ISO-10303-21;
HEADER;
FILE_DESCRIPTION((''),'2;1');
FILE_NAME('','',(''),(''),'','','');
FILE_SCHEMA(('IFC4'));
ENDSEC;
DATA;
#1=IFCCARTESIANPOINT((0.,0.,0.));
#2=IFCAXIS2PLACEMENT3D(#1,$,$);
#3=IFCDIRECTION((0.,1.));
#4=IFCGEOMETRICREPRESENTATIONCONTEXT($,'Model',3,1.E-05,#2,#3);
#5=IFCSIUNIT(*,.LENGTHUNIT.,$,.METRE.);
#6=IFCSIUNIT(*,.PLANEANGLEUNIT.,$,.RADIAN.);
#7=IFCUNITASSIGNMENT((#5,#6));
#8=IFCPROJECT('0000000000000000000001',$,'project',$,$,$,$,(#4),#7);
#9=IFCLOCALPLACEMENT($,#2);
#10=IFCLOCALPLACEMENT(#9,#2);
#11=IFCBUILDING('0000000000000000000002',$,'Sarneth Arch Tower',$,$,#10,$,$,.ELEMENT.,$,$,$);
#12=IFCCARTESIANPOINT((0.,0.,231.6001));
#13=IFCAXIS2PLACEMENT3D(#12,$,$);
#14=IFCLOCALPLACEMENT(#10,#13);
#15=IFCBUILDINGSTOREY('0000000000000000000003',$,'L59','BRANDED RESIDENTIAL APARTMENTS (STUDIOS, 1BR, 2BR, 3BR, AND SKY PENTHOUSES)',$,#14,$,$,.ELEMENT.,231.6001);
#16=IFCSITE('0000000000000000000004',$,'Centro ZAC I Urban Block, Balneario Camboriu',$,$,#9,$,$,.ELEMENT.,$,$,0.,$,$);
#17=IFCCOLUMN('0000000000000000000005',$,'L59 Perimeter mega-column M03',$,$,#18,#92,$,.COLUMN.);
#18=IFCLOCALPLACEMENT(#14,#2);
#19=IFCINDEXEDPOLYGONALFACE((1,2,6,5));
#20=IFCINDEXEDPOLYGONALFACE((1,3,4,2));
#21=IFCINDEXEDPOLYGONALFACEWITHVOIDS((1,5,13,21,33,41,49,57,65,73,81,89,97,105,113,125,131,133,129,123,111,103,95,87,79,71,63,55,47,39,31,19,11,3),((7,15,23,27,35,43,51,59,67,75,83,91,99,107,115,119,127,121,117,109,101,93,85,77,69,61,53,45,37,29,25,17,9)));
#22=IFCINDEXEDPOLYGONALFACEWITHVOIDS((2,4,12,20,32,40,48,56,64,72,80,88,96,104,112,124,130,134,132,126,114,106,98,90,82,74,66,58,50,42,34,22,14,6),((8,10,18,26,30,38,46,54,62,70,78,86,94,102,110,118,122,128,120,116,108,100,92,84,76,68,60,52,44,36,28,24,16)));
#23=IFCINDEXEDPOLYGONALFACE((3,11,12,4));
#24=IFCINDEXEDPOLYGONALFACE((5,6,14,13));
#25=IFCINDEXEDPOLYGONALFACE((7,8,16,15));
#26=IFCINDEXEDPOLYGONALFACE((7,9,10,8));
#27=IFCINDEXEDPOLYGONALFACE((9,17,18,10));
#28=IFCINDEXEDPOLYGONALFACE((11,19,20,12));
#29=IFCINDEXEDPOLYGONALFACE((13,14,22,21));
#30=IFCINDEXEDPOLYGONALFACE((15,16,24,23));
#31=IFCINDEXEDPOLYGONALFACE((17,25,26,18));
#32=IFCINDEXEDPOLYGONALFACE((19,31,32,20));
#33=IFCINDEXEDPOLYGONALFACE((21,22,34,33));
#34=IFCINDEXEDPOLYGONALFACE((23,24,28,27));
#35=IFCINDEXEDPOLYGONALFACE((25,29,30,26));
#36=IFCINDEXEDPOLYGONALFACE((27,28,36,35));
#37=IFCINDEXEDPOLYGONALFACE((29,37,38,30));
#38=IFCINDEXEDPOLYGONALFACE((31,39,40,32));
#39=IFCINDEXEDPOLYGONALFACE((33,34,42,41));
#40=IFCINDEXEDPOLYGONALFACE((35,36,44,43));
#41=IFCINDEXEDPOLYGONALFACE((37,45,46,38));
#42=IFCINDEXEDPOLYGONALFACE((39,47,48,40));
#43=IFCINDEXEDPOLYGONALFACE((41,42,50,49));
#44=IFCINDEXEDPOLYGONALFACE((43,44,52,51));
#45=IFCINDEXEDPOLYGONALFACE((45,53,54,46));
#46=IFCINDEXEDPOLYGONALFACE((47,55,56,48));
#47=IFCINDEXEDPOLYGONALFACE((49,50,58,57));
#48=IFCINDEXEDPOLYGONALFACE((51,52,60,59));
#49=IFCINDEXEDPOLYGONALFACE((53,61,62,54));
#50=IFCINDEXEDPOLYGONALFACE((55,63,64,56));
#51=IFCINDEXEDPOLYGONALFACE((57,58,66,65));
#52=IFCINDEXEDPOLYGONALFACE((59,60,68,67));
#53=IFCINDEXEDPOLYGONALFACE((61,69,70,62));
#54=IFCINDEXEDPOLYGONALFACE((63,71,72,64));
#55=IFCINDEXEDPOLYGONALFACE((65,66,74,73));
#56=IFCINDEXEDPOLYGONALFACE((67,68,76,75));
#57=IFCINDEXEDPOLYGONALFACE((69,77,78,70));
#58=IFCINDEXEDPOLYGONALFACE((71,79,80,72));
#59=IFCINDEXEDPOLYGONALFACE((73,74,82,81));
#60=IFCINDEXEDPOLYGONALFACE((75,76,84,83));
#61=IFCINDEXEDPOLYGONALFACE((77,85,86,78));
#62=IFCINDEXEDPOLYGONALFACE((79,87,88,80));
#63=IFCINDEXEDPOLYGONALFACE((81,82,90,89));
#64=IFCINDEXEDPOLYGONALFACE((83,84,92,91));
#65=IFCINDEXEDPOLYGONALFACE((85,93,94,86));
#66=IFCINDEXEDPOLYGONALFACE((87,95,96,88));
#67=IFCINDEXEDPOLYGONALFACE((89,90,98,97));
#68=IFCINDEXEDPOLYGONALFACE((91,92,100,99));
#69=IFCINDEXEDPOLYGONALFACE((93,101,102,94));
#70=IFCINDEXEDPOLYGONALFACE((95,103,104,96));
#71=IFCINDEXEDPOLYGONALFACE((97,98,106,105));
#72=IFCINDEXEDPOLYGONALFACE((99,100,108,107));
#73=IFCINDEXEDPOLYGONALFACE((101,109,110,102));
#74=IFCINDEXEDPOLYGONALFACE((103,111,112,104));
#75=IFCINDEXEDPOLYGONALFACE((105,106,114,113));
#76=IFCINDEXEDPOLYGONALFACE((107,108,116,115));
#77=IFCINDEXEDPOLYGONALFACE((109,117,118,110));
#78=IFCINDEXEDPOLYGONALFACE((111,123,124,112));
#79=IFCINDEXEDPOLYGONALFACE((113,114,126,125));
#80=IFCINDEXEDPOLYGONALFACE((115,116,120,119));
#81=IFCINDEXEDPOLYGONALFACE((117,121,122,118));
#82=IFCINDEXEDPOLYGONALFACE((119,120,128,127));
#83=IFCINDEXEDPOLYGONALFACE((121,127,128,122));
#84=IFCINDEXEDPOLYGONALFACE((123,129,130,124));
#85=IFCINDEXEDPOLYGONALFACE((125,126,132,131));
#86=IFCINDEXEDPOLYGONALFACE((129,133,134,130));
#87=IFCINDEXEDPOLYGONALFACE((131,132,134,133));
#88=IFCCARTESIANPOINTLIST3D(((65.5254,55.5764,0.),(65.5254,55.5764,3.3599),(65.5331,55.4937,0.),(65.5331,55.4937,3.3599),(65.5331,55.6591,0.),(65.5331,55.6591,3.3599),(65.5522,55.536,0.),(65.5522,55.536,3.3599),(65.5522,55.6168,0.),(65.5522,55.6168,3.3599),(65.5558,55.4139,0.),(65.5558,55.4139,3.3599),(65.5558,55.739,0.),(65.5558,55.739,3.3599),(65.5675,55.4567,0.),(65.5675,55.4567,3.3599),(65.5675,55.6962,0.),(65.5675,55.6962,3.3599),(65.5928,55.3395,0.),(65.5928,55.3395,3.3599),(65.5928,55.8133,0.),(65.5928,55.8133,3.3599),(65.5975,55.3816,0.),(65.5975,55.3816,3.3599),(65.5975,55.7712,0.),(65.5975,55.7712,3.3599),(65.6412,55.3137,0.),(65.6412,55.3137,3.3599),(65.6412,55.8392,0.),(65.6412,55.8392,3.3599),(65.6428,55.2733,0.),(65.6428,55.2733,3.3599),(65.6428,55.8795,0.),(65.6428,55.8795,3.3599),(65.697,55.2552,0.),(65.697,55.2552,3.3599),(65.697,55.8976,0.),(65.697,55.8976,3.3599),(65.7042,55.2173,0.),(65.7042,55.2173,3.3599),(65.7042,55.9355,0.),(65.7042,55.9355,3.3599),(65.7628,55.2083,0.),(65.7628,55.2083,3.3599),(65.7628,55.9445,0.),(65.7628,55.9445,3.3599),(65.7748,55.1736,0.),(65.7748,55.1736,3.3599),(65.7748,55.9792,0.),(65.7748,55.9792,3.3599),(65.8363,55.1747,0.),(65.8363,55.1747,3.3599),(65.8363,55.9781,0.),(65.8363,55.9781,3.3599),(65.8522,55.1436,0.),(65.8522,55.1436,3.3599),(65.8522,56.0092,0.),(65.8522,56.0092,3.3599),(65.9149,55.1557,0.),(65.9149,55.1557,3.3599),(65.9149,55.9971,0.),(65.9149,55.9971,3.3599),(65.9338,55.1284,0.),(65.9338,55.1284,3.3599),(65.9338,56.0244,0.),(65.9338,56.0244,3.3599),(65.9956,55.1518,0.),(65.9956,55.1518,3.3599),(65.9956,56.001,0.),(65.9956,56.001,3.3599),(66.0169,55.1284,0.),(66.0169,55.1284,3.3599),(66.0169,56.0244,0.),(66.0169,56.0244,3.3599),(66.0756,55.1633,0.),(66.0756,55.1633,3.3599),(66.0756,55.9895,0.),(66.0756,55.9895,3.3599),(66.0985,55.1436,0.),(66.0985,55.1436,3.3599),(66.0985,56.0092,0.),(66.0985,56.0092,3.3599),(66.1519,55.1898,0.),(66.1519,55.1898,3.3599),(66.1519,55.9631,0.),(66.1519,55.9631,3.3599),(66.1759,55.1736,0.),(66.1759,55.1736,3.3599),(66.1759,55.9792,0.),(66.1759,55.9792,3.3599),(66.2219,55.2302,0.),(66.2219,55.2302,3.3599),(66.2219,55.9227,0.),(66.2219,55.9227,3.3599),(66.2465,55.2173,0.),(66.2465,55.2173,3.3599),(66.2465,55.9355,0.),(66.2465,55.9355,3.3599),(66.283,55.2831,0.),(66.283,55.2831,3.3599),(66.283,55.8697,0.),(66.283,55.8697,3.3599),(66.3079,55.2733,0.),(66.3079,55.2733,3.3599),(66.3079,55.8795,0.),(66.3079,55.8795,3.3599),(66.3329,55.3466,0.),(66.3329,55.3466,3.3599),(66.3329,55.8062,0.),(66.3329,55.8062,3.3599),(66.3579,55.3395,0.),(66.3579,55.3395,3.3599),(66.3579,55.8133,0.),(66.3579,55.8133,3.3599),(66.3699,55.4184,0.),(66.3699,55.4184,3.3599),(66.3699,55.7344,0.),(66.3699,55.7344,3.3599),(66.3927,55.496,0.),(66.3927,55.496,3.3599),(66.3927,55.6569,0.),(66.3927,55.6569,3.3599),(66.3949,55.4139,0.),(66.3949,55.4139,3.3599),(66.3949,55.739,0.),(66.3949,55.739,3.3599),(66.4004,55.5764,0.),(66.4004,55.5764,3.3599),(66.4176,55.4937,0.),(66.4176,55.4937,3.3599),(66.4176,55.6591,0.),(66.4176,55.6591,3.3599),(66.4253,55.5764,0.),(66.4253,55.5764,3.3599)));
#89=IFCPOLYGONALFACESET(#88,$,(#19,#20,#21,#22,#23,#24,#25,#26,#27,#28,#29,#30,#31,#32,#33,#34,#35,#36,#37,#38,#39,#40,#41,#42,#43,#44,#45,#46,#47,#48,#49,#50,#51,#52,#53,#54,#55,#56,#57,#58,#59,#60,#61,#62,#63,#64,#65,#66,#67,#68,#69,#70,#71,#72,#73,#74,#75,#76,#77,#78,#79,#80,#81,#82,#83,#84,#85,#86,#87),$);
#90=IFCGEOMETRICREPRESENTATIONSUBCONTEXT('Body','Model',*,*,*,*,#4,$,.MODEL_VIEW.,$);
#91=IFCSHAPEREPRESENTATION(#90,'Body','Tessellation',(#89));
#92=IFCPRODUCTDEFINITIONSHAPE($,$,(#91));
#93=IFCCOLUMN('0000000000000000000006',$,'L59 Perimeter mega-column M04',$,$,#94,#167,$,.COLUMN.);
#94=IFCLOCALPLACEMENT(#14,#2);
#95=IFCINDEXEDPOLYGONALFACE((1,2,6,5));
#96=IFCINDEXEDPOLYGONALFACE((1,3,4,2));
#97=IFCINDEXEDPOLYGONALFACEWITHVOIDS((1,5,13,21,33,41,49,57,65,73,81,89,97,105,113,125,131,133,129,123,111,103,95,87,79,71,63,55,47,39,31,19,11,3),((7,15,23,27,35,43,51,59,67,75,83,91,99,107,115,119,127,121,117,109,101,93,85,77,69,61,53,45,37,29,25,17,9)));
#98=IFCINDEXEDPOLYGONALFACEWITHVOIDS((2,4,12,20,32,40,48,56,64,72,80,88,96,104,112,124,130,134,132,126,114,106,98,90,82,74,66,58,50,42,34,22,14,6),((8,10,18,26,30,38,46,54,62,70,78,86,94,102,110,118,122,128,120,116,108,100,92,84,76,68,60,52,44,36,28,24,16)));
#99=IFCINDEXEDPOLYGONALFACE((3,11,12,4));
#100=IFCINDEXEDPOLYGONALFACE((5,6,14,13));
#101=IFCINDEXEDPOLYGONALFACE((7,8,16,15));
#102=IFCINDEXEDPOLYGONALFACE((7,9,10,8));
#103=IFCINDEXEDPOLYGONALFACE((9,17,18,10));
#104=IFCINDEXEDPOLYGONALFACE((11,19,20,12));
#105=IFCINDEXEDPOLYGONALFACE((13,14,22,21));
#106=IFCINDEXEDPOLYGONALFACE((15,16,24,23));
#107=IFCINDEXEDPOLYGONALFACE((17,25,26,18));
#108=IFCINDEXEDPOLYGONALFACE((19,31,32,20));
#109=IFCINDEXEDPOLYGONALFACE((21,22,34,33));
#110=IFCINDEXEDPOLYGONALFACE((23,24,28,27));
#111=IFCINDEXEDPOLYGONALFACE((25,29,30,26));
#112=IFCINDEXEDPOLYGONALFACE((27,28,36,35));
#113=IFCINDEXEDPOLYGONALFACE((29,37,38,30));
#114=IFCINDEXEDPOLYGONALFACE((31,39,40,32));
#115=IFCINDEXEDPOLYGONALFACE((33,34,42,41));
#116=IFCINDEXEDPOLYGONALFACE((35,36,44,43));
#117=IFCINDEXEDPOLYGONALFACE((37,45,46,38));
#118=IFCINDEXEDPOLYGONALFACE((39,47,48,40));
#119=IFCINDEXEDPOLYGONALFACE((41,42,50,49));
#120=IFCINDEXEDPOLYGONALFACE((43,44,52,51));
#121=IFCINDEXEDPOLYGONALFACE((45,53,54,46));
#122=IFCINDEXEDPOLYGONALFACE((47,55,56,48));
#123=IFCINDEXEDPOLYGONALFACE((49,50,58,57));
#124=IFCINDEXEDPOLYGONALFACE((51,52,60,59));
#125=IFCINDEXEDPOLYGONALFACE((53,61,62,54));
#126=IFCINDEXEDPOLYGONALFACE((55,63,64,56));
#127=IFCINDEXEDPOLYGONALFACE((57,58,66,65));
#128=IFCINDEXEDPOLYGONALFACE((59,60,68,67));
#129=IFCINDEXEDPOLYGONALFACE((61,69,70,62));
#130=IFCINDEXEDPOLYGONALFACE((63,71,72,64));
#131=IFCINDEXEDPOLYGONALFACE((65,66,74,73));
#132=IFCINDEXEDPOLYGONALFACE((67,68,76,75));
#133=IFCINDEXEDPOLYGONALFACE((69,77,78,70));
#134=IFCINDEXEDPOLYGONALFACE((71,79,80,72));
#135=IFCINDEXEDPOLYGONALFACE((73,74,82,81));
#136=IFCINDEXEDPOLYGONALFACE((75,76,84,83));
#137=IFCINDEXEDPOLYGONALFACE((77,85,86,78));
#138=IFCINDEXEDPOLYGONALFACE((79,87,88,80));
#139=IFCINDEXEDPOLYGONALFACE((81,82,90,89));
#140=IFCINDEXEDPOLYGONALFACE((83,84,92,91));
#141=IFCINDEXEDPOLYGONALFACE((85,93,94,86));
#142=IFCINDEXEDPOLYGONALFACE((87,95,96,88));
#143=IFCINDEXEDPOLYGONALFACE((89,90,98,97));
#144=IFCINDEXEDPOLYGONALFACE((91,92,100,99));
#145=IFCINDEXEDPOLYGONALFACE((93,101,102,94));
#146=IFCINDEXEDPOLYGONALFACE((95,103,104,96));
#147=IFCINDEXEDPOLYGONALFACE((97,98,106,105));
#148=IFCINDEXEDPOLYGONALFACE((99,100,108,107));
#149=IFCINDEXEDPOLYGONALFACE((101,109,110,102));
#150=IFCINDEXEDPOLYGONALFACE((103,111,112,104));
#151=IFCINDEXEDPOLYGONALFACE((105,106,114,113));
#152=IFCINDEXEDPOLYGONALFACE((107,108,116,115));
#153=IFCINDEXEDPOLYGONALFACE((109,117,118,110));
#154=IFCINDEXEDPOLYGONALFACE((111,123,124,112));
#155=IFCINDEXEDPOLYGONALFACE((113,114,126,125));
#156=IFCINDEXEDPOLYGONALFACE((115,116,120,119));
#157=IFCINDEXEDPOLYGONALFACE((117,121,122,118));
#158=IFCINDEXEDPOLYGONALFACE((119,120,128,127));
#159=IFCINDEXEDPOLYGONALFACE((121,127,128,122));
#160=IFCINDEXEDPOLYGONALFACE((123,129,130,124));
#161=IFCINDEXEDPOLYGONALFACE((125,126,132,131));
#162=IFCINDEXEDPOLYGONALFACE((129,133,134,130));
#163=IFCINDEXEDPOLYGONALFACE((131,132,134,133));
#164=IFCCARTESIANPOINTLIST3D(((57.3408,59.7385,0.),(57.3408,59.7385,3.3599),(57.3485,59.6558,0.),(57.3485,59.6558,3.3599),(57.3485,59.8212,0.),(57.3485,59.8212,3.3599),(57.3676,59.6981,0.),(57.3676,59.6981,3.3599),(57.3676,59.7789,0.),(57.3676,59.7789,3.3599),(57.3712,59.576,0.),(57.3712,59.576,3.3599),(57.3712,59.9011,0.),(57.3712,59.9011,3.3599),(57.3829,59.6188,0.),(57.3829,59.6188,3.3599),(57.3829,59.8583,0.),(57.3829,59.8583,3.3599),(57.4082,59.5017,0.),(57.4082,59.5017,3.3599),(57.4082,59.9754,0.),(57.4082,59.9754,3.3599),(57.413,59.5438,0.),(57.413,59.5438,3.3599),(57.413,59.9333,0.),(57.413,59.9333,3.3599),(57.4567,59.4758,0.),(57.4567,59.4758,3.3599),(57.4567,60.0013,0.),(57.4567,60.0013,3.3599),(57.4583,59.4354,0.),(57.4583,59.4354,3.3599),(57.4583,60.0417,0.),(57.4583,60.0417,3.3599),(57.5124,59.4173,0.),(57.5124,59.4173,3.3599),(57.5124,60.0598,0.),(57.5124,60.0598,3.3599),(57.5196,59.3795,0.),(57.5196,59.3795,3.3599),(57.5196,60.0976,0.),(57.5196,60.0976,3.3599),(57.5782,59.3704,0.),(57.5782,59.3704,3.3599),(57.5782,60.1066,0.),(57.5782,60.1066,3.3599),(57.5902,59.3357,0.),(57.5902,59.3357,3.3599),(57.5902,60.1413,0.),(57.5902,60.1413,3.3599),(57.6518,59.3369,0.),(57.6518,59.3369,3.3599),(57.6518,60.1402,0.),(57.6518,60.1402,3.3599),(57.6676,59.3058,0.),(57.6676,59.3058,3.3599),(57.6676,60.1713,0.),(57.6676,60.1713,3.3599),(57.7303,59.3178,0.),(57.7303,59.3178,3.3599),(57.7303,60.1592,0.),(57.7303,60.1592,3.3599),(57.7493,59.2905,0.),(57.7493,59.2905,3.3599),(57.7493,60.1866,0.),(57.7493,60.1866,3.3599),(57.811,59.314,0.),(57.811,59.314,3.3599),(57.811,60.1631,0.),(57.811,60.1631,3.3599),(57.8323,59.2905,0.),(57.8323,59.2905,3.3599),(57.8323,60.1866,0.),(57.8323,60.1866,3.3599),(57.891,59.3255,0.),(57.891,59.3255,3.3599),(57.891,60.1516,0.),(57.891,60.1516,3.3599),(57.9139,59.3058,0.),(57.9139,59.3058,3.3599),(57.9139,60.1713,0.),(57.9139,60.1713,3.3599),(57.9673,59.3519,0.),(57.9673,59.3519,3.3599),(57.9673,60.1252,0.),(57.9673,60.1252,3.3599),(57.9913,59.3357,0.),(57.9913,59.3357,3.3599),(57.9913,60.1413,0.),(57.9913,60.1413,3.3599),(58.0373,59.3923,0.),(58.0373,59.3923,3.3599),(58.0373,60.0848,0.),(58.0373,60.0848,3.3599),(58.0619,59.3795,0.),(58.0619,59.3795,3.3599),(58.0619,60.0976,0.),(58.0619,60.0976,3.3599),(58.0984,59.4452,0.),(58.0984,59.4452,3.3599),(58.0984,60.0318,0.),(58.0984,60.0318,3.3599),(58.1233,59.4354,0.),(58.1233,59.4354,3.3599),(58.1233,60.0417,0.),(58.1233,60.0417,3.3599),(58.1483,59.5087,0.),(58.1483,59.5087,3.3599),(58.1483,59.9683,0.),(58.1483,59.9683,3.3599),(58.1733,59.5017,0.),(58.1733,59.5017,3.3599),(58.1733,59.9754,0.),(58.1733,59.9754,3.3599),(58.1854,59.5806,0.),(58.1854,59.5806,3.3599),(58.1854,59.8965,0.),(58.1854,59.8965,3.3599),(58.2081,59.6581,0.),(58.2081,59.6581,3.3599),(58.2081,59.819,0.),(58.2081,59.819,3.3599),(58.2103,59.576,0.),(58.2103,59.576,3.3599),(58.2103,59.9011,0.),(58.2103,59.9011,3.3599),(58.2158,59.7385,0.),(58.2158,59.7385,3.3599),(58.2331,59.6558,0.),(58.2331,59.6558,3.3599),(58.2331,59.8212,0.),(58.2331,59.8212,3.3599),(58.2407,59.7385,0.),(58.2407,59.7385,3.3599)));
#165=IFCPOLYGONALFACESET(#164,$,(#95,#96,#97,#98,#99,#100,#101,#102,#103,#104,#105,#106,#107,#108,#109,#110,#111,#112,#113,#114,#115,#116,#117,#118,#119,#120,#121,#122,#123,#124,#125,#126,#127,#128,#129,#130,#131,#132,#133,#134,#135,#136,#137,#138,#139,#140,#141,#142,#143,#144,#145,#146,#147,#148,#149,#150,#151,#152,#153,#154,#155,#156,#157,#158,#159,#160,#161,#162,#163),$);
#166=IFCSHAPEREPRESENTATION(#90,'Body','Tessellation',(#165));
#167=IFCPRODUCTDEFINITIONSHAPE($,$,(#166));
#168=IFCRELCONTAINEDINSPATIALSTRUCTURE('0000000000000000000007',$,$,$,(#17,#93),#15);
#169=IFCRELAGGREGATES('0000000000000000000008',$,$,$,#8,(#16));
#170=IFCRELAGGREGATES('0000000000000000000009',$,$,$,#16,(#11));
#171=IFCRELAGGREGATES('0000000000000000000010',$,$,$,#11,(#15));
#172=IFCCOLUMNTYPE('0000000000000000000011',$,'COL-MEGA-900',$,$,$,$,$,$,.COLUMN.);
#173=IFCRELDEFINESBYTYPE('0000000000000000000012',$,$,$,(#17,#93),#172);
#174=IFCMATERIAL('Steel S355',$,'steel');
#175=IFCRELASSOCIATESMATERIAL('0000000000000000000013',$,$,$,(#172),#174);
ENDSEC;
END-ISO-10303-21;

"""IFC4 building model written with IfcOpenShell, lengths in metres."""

from ifc_helpers import new_model, si_unit, direction, frame, origin, origin_2d, place, context, subcontext, project, spatial, hollow_circle, extrude, material, material_profile, profile_set, type_object, element, save


model = new_model("IFC4")

# Units and contexts
model_context = context("Model", 3, precision=1e-05, world=origin(), true_north=direction((0.0, 1.0)))
body_context = subcontext(model_context, "Body", "Model", "MODEL_VIEW")
ifc_project = project(units=[si_unit("LENGTHUNIT", "METRE"), si_unit("PLANEANGLEUNIT", "RADIAN")], contexts=[model_context])

# Site, building, storey
site_placement = place(None, origin())
site = spatial("IfcSite", under=ifc_project, at=site_placement, Name="Centro ZAC I Urban Block, Balneario Camboriu", CompositionType="ELEMENT", RefElevation=0.0)
building_placement = place(site_placement, origin())
building = spatial("IfcBuilding", under=site, at=building_placement, Name="Sarneth Arch Tower", CompositionType="ELEMENT")
storey_placement = place(building_placement, frame((0.0, 0.0, 231.6001)))
storey = spatial("IfcBuildingStorey", under=building, at=storey_placement, Name="L59", Description="BRANDED RESIDENTIAL APARTMENTS (STUDIOS, 1BR, 2BR, 3BR, AND SKY PENTHOUSES)", CompositionType="ELEMENT", Elevation=231.6001)

# Columns
ifc_material_1 = material(Name="Steel S355", Category="steel")
ifc_material_profile_1 = material_profile(ifc_material_1, hollow_circle(Radius=0.45, WallThickness=0.0249, at=origin_2d()), Name="CHS900x25")
ifc_profile_set_1 = profile_set([ifc_material_profile_1], Name="Steel S355")
column_type = type_object("IfcColumnType", Name="COL-MEGA-900", PredefinedType="COLUMN", material=ifc_profile_set_1)
for number, where, z_axis, x_axis, name in (
    (1, (65.9753, 55.5764, 0.0), (0.0, 0.0, 1.0), (1.0, 0.0, 0.0), "L59 Perimeter mega-column M03"),
    (2, (57.7908, 59.7385, 0.0), (0.0, 0.0, 1.0), (1.0, 0.0, 0.0), "L59 Perimeter mega-column M04"),
):
    element("IfcColumn", number, at=place(storey_placement, frame(where, z_axis=z_axis, x_axis=x_axis)), inside=storey, type_object=column_type, Name=name, PredefinedType="COLUMN", context=body_context, shape_type="SweptSolid", body=[
        extrude(hollow_circle(Radius=0.45, WallThickness=0.0249, at=origin_2d()), origin(), (0.0, 0.0, 1.0), 3.3599),
    ])

save(model, "model.ifc")
